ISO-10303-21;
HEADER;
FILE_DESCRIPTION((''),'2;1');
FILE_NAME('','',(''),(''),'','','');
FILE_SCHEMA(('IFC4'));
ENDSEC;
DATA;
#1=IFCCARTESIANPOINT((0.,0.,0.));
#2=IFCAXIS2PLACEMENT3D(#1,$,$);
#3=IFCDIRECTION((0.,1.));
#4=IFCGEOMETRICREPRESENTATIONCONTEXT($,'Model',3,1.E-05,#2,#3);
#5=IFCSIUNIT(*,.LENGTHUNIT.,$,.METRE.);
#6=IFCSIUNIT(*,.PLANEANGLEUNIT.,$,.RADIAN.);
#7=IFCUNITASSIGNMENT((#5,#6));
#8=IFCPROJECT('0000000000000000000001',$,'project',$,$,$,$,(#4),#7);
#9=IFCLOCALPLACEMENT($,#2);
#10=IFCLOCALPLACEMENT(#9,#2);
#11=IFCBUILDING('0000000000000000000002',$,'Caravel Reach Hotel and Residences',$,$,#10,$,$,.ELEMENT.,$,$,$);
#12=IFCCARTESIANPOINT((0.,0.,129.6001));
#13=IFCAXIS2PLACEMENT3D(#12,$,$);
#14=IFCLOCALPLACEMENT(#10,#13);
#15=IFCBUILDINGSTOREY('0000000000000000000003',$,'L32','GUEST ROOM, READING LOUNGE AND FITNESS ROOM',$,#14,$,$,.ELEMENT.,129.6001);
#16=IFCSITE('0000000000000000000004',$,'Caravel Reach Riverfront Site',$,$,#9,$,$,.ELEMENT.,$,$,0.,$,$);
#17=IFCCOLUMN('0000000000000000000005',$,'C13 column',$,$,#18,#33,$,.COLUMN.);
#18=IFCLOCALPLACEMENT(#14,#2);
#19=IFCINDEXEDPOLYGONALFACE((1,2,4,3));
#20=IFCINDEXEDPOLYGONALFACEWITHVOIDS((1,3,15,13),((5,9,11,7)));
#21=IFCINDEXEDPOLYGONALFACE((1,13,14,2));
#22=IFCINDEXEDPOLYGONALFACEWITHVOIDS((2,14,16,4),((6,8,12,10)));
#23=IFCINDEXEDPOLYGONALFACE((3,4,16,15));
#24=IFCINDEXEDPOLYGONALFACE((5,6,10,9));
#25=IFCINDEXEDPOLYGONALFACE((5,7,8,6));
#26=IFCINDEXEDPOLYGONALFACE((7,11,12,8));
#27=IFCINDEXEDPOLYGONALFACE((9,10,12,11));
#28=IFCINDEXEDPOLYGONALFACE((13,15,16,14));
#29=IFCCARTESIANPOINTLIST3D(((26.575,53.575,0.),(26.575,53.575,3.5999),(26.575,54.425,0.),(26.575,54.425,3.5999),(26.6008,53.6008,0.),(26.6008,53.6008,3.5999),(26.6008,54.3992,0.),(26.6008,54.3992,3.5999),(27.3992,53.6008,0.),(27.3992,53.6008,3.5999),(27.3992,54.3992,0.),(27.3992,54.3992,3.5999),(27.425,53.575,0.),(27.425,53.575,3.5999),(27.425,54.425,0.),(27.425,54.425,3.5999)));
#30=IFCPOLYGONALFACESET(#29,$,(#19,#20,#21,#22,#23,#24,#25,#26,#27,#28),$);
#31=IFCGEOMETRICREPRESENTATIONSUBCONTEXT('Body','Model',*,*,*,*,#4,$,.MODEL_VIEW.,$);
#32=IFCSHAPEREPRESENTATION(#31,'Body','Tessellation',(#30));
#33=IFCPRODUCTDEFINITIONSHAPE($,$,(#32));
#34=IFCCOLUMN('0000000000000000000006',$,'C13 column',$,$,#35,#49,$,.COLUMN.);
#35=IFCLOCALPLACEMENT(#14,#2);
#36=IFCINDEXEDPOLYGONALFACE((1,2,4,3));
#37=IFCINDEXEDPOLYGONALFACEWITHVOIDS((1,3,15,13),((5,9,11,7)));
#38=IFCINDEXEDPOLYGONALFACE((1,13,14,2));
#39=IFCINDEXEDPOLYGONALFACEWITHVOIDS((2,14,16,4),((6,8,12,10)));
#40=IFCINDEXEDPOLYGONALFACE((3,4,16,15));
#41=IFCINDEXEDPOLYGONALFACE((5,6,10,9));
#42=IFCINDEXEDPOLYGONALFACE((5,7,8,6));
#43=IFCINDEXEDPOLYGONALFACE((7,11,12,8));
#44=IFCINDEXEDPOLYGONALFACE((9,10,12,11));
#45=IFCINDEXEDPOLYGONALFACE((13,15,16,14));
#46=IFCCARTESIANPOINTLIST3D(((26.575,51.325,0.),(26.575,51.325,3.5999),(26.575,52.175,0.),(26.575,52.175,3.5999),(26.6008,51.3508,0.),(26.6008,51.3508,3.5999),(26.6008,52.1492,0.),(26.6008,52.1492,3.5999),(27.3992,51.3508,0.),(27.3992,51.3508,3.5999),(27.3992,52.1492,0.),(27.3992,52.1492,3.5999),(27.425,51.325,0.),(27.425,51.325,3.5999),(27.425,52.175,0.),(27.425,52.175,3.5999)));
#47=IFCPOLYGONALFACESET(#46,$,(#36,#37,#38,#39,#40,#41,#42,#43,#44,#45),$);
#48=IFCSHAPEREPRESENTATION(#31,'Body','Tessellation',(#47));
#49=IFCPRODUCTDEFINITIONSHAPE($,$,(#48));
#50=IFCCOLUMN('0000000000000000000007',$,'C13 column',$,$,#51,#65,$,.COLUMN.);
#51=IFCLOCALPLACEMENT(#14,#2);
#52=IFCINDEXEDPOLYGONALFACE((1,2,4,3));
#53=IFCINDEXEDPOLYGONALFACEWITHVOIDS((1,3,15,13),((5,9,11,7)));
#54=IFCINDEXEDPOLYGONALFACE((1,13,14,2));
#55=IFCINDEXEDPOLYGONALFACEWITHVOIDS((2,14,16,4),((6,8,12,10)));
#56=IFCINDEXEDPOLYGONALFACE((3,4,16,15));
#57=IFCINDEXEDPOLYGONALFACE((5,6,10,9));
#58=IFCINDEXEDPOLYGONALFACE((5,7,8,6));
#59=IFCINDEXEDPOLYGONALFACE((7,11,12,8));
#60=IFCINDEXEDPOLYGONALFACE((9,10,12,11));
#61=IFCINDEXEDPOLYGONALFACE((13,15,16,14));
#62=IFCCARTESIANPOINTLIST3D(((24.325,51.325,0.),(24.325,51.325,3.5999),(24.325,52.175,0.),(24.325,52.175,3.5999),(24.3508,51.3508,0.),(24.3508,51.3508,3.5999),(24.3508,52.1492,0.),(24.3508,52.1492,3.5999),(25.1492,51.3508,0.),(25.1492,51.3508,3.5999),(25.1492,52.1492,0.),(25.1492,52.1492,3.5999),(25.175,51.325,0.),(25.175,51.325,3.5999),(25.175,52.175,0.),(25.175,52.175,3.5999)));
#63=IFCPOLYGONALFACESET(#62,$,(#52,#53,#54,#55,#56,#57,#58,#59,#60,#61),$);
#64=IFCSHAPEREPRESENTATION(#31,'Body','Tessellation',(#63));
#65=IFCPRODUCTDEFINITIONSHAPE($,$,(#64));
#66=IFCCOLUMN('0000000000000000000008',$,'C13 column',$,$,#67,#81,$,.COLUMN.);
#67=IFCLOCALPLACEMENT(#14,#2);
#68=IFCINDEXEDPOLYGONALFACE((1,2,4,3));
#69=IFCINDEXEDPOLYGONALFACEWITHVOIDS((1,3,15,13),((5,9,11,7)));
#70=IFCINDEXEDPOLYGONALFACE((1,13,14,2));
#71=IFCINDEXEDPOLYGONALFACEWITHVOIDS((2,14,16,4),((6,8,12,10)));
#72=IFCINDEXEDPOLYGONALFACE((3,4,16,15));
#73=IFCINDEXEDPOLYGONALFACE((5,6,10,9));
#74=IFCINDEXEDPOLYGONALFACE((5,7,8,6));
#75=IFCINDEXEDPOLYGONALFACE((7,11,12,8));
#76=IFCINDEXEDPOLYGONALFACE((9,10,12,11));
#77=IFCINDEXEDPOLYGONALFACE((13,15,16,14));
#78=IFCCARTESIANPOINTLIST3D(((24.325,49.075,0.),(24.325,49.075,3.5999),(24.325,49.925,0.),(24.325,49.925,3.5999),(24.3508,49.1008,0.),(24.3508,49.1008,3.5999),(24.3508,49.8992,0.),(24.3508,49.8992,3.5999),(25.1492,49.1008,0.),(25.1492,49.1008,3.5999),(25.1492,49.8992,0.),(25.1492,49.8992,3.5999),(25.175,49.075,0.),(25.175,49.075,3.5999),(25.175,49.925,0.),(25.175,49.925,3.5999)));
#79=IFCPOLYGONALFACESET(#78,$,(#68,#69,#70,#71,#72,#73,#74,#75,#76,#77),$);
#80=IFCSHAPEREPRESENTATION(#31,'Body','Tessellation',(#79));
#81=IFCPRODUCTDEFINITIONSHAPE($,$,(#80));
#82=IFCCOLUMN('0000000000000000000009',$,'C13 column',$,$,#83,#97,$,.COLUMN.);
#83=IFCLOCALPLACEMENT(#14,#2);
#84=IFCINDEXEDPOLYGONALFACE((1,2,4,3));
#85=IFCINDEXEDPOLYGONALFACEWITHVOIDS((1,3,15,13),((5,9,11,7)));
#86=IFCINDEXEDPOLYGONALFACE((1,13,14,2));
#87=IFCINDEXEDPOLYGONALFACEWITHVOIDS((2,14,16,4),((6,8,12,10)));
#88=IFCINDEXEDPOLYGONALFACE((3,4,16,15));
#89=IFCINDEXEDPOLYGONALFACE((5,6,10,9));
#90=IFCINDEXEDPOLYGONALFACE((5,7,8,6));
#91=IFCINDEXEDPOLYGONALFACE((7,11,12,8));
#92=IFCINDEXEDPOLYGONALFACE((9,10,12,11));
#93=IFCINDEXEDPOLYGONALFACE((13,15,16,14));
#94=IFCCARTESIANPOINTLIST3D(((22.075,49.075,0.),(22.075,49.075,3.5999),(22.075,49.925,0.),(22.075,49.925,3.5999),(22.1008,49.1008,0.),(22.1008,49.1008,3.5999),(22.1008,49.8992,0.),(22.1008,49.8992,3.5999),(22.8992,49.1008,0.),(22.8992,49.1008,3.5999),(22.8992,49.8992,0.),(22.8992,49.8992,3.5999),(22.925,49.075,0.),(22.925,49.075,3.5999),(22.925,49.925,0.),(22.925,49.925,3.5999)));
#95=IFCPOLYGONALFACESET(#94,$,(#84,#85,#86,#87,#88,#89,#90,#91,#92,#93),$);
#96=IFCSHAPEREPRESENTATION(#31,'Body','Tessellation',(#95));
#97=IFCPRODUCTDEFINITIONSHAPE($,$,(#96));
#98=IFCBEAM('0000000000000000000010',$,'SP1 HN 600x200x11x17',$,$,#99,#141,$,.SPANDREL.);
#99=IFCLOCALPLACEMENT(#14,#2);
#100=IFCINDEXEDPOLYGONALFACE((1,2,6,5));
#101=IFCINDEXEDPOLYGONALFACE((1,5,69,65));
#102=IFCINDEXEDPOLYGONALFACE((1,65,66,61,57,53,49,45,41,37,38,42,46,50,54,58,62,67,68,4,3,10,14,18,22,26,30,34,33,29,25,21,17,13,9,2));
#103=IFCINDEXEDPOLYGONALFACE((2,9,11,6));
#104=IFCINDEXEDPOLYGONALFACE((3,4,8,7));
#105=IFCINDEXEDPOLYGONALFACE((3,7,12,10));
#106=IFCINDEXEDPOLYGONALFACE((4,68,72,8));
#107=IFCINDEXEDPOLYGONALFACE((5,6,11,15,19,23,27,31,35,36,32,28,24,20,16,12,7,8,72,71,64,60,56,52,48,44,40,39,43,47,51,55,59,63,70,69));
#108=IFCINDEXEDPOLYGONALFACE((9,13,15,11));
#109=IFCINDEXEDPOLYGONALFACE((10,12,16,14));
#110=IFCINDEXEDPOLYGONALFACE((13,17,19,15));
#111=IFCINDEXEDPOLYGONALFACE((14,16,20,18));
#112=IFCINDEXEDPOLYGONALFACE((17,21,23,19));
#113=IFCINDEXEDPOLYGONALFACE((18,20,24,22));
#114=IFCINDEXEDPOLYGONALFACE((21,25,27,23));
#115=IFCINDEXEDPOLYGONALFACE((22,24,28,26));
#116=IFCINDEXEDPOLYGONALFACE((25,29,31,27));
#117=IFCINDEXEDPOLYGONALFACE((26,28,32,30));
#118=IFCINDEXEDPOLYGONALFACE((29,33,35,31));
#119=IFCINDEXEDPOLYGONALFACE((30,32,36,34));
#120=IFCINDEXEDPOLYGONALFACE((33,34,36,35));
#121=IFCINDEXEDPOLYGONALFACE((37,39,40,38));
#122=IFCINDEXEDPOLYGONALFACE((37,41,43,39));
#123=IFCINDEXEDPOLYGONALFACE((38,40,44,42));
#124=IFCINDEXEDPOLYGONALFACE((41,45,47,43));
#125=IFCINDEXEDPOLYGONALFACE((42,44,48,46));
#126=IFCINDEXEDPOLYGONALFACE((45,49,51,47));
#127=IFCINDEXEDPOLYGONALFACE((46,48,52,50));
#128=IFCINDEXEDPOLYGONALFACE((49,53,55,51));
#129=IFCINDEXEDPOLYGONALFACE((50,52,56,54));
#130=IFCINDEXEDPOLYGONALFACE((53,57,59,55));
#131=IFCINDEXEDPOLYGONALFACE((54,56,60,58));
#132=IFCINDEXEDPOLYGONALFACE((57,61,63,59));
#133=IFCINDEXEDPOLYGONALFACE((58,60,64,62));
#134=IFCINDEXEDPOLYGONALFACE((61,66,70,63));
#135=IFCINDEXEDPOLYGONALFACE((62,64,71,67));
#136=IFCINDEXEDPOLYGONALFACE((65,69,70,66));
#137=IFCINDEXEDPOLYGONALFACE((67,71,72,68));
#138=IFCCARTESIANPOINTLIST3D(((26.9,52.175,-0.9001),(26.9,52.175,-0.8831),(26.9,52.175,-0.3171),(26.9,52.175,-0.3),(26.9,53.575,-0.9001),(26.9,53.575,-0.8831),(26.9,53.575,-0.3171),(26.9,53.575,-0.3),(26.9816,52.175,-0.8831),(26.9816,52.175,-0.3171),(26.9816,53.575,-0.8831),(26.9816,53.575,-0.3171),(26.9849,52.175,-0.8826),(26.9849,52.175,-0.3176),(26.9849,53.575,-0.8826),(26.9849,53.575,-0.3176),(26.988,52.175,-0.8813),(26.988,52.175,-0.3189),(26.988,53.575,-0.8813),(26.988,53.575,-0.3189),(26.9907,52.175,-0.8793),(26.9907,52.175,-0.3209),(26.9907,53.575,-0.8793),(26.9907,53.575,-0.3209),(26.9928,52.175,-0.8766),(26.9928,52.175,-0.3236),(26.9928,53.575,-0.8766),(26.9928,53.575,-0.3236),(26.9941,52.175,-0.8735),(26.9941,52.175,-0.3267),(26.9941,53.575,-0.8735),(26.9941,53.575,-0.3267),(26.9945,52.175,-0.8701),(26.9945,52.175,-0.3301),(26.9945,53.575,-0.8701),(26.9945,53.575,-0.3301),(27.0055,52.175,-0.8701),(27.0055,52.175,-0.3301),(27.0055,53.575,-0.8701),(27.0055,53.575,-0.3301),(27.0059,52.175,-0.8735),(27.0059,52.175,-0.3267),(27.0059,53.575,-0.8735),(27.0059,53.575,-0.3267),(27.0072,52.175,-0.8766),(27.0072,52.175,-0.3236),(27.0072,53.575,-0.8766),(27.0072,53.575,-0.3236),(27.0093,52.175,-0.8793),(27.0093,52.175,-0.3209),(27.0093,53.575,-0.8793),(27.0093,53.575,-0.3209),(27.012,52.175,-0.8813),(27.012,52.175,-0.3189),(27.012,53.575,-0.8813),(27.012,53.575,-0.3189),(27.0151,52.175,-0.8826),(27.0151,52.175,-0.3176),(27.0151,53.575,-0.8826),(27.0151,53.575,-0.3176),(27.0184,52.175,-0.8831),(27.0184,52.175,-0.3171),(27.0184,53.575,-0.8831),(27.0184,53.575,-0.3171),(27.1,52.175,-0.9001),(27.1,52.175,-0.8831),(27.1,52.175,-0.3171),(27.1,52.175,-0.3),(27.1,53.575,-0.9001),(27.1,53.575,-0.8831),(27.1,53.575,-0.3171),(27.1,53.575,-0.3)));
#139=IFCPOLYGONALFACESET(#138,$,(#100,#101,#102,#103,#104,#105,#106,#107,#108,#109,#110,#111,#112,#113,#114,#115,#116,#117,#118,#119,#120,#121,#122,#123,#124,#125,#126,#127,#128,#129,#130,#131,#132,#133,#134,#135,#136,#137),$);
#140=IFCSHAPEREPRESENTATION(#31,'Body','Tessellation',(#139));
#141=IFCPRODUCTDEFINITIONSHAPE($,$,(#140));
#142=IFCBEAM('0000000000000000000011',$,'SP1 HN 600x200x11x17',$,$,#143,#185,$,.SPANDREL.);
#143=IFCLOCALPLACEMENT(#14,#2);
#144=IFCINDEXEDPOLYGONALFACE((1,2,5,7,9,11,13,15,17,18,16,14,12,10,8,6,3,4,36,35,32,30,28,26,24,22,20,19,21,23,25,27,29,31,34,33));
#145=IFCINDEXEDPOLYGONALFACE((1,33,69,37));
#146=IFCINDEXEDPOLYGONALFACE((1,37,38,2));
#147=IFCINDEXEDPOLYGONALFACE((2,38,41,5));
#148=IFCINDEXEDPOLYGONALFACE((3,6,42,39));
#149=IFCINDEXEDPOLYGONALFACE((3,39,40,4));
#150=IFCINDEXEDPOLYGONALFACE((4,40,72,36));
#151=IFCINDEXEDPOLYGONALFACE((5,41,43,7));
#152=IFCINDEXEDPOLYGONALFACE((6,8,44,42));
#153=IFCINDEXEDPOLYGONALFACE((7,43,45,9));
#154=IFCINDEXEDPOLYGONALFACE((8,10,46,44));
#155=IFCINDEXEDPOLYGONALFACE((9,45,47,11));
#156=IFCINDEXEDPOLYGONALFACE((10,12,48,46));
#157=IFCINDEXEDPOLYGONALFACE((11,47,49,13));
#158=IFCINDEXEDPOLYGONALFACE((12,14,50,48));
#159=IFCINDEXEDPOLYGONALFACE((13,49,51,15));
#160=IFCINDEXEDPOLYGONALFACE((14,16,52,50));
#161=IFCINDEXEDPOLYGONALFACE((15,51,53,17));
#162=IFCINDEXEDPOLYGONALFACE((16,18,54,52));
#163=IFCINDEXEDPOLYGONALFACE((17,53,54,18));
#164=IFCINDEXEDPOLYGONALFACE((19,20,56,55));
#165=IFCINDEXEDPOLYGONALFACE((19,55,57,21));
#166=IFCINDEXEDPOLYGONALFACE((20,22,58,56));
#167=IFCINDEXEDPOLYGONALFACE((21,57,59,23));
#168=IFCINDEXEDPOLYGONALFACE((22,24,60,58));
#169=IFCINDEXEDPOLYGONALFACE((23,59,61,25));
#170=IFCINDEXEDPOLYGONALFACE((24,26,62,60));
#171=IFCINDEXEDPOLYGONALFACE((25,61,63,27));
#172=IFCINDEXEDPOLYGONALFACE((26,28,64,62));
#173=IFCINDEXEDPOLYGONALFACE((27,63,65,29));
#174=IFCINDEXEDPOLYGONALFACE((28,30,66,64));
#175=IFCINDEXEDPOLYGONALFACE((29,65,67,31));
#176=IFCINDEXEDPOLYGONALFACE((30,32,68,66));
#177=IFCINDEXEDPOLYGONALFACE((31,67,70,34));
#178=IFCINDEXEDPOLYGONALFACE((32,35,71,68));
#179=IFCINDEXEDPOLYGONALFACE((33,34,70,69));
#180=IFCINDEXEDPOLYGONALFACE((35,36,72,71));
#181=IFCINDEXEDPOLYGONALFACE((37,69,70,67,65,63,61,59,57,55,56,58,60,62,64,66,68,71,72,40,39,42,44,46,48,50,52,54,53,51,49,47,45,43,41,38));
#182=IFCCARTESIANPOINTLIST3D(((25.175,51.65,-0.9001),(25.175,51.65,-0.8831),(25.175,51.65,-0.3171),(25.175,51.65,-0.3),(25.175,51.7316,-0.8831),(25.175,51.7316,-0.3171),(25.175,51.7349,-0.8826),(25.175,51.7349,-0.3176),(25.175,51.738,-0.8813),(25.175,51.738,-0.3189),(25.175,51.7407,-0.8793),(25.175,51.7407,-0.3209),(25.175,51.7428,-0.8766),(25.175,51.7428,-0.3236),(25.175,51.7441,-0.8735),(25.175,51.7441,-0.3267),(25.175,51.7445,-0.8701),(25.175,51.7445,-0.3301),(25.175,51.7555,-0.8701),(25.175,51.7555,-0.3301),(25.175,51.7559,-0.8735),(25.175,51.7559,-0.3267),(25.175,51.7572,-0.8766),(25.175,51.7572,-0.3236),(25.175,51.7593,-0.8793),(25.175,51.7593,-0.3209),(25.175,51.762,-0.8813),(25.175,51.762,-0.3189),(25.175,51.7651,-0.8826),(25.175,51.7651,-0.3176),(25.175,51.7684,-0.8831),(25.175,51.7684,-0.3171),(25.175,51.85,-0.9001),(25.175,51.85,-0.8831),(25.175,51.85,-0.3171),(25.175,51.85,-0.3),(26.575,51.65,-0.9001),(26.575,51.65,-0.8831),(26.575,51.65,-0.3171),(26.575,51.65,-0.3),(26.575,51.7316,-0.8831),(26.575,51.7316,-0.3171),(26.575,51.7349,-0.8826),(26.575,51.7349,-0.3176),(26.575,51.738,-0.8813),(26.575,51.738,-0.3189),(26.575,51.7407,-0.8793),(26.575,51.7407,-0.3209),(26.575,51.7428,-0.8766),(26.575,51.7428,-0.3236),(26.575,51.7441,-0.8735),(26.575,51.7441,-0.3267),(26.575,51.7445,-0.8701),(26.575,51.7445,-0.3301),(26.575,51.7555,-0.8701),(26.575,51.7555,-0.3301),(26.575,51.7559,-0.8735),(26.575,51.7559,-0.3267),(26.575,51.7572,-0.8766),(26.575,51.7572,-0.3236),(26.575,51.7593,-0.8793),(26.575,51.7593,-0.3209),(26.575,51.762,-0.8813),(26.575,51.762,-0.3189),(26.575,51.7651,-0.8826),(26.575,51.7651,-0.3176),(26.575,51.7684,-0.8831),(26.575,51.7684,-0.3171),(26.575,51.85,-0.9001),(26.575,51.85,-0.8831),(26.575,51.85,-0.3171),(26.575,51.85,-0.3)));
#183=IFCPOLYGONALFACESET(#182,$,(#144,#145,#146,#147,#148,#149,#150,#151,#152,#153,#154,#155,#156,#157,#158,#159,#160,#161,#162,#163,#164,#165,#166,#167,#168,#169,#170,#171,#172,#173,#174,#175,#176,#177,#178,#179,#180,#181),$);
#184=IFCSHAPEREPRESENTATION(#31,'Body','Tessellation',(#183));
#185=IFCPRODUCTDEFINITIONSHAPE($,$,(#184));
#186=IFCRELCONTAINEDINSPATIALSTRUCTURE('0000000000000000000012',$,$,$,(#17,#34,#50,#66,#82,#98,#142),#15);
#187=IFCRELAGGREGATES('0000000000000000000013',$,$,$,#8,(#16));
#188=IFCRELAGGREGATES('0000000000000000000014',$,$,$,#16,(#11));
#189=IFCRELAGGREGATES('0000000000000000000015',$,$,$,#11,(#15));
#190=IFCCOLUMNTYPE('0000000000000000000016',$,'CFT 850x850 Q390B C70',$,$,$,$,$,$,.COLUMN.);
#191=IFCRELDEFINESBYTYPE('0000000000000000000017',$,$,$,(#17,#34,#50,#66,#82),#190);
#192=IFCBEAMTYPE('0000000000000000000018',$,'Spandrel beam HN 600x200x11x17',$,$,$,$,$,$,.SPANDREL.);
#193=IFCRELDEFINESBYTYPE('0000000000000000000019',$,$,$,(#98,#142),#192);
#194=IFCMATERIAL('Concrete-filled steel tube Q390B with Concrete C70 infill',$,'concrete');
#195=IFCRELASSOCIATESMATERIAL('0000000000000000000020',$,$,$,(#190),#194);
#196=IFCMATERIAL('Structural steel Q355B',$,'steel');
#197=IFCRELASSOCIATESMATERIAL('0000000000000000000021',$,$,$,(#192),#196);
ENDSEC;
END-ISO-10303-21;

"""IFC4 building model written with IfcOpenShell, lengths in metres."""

from ifc_helpers import new_model, si_unit, direction, frame, origin, origin_2d, place, context, subcontext, project, spatial, hollow_rectangle, i_section, extrude, material, material_profile, profile_set, type_object, element, save


model = new_model("IFC4")

# Units and contexts
model_context = context("Model", 3, precision=1e-05, world=origin(), true_north=direction((0.0, 1.0)))
body_context = subcontext(model_context, "Body", "Model", "MODEL_VIEW")
ifc_project = project(units=[si_unit("LENGTHUNIT", "METRE"), si_unit("PLANEANGLEUNIT", "RADIAN")], contexts=[model_context])

# Site, building, storey
site_placement = place(None, origin())
site = spatial("IfcSite", under=ifc_project, at=site_placement, Name="Caravel Reach Riverfront Site", CompositionType="ELEMENT", RefElevation=0.0)
building_placement = place(site_placement, origin())
building = spatial("IfcBuilding", under=site, at=building_placement, Name="Caravel Reach Hotel and Residences", CompositionType="ELEMENT")
storey_placement = place(building_placement, frame((0.0, 0.0, 129.6001)))
storey = spatial("IfcBuildingStorey", under=building, at=storey_placement, Name="L32", Description="GUEST ROOM, READING LOUNGE AND FITNESS ROOM", CompositionType="ELEMENT", Elevation=129.6001)

# Columns
ifc_material_1 = material(Name="Concrete-filled steel tube Q390B with Concrete C70 infill", Category="concrete")
ifc_material_profile_1 = material_profile(ifc_material_1, hollow_rectangle(XDim=0.8501, YDim=0.8501, WallThickness=0.0259, at=origin_2d()), Name="RHS 850x850x26")
ifc_profile_set_1 = profile_set([ifc_material_profile_1], Name="Concrete-filled steel tube Q390B with Concrete C70 infill")
column_type = type_object("IfcColumnType", Name="CFT 850x850 Q390B C70", PredefinedType="COLUMN", material=ifc_profile_set_1)
for number, where, z_axis, x_axis, name in (
    (1, (27.0, 54.0, 0.0), (0.0, 0.0, 1.0), (1.0, 0.0, 0.0), "C13 column"),
    (2, (27.0, 51.75, 0.0), (0.0, 0.0, 1.0), (1.0, 0.0, 0.0), "C13 column"),
    (3, (24.75, 51.75, 0.0), (0.0, 0.0, 1.0), (1.0, 0.0, 0.0), "C13 column"),
    (4, (24.75, 49.5, 0.0), (0.0, 0.0, 1.0), (1.0, 0.0, 0.0), "C13 column"),
    (5, (22.5, 49.5, 0.0), (0.0, 0.0, 1.0), (1.0, 0.0, 0.0), "C13 column"),
):
    element("IfcColumn", number, at=place(storey_placement, frame(where, z_axis=z_axis, x_axis=x_axis)), inside=storey, type_object=column_type, Name=name, PredefinedType="COLUMN", context=body_context, shape_type="SweptSolid", body=[
        extrude(hollow_rectangle(XDim=0.8501, YDim=0.8501, WallThickness=0.0259, at=origin_2d()), origin(), (0.0, 0.0, 1.0), 3.5999),
    ])

# Beams
ifc_material_2 = material(Name="Structural steel Q355B", Category="steel")
ifc_material_profile_2 = material_profile(ifc_material_2, i_section(OverallWidth=0.2, OverallDepth=0.6001, WebThickness=0.011, FlangeThickness=0.0171, FilletRadius=0.0129, at=origin_2d()), Name="HN 600x200x11x17")
ifc_profile_set_2 = profile_set([ifc_material_profile_2], Name="Structural steel Q355B")
beam_type = type_object("IfcBeamType", Name="Spandrel beam HN 600x200x11x17", PredefinedType="SPANDREL", material=ifc_profile_set_2)
for number, where, z_axis, x_axis, name in (
    (6, (27.0, 53.575, -0.6001), (0.0, -1.0, 0.0), (1.0, 0.0, 0.0), "SP1 HN 600x200x11x17"),
    (7, (26.575, 51.75, -0.6001), (-1.0, 0.0, 0.0), (0.0, -1.0, 0.0), "SP1 HN 600x200x11x17"),
):
    element("IfcBeam", number, at=place(storey_placement, frame(where, z_axis=z_axis, x_axis=x_axis)), inside=storey, type_object=beam_type, Name=name, PredefinedType="SPANDREL", context=body_context, shape_type="SweptSolid", body=[
        extrude(i_section(OverallWidth=0.2, OverallDepth=0.6001, WebThickness=0.011, FlangeThickness=0.0171, FilletRadius=0.0129, at=origin_2d()), origin(), (0.0, 0.0, 1.0), 1.3999),
    ])

save(model, "model.ifc")
